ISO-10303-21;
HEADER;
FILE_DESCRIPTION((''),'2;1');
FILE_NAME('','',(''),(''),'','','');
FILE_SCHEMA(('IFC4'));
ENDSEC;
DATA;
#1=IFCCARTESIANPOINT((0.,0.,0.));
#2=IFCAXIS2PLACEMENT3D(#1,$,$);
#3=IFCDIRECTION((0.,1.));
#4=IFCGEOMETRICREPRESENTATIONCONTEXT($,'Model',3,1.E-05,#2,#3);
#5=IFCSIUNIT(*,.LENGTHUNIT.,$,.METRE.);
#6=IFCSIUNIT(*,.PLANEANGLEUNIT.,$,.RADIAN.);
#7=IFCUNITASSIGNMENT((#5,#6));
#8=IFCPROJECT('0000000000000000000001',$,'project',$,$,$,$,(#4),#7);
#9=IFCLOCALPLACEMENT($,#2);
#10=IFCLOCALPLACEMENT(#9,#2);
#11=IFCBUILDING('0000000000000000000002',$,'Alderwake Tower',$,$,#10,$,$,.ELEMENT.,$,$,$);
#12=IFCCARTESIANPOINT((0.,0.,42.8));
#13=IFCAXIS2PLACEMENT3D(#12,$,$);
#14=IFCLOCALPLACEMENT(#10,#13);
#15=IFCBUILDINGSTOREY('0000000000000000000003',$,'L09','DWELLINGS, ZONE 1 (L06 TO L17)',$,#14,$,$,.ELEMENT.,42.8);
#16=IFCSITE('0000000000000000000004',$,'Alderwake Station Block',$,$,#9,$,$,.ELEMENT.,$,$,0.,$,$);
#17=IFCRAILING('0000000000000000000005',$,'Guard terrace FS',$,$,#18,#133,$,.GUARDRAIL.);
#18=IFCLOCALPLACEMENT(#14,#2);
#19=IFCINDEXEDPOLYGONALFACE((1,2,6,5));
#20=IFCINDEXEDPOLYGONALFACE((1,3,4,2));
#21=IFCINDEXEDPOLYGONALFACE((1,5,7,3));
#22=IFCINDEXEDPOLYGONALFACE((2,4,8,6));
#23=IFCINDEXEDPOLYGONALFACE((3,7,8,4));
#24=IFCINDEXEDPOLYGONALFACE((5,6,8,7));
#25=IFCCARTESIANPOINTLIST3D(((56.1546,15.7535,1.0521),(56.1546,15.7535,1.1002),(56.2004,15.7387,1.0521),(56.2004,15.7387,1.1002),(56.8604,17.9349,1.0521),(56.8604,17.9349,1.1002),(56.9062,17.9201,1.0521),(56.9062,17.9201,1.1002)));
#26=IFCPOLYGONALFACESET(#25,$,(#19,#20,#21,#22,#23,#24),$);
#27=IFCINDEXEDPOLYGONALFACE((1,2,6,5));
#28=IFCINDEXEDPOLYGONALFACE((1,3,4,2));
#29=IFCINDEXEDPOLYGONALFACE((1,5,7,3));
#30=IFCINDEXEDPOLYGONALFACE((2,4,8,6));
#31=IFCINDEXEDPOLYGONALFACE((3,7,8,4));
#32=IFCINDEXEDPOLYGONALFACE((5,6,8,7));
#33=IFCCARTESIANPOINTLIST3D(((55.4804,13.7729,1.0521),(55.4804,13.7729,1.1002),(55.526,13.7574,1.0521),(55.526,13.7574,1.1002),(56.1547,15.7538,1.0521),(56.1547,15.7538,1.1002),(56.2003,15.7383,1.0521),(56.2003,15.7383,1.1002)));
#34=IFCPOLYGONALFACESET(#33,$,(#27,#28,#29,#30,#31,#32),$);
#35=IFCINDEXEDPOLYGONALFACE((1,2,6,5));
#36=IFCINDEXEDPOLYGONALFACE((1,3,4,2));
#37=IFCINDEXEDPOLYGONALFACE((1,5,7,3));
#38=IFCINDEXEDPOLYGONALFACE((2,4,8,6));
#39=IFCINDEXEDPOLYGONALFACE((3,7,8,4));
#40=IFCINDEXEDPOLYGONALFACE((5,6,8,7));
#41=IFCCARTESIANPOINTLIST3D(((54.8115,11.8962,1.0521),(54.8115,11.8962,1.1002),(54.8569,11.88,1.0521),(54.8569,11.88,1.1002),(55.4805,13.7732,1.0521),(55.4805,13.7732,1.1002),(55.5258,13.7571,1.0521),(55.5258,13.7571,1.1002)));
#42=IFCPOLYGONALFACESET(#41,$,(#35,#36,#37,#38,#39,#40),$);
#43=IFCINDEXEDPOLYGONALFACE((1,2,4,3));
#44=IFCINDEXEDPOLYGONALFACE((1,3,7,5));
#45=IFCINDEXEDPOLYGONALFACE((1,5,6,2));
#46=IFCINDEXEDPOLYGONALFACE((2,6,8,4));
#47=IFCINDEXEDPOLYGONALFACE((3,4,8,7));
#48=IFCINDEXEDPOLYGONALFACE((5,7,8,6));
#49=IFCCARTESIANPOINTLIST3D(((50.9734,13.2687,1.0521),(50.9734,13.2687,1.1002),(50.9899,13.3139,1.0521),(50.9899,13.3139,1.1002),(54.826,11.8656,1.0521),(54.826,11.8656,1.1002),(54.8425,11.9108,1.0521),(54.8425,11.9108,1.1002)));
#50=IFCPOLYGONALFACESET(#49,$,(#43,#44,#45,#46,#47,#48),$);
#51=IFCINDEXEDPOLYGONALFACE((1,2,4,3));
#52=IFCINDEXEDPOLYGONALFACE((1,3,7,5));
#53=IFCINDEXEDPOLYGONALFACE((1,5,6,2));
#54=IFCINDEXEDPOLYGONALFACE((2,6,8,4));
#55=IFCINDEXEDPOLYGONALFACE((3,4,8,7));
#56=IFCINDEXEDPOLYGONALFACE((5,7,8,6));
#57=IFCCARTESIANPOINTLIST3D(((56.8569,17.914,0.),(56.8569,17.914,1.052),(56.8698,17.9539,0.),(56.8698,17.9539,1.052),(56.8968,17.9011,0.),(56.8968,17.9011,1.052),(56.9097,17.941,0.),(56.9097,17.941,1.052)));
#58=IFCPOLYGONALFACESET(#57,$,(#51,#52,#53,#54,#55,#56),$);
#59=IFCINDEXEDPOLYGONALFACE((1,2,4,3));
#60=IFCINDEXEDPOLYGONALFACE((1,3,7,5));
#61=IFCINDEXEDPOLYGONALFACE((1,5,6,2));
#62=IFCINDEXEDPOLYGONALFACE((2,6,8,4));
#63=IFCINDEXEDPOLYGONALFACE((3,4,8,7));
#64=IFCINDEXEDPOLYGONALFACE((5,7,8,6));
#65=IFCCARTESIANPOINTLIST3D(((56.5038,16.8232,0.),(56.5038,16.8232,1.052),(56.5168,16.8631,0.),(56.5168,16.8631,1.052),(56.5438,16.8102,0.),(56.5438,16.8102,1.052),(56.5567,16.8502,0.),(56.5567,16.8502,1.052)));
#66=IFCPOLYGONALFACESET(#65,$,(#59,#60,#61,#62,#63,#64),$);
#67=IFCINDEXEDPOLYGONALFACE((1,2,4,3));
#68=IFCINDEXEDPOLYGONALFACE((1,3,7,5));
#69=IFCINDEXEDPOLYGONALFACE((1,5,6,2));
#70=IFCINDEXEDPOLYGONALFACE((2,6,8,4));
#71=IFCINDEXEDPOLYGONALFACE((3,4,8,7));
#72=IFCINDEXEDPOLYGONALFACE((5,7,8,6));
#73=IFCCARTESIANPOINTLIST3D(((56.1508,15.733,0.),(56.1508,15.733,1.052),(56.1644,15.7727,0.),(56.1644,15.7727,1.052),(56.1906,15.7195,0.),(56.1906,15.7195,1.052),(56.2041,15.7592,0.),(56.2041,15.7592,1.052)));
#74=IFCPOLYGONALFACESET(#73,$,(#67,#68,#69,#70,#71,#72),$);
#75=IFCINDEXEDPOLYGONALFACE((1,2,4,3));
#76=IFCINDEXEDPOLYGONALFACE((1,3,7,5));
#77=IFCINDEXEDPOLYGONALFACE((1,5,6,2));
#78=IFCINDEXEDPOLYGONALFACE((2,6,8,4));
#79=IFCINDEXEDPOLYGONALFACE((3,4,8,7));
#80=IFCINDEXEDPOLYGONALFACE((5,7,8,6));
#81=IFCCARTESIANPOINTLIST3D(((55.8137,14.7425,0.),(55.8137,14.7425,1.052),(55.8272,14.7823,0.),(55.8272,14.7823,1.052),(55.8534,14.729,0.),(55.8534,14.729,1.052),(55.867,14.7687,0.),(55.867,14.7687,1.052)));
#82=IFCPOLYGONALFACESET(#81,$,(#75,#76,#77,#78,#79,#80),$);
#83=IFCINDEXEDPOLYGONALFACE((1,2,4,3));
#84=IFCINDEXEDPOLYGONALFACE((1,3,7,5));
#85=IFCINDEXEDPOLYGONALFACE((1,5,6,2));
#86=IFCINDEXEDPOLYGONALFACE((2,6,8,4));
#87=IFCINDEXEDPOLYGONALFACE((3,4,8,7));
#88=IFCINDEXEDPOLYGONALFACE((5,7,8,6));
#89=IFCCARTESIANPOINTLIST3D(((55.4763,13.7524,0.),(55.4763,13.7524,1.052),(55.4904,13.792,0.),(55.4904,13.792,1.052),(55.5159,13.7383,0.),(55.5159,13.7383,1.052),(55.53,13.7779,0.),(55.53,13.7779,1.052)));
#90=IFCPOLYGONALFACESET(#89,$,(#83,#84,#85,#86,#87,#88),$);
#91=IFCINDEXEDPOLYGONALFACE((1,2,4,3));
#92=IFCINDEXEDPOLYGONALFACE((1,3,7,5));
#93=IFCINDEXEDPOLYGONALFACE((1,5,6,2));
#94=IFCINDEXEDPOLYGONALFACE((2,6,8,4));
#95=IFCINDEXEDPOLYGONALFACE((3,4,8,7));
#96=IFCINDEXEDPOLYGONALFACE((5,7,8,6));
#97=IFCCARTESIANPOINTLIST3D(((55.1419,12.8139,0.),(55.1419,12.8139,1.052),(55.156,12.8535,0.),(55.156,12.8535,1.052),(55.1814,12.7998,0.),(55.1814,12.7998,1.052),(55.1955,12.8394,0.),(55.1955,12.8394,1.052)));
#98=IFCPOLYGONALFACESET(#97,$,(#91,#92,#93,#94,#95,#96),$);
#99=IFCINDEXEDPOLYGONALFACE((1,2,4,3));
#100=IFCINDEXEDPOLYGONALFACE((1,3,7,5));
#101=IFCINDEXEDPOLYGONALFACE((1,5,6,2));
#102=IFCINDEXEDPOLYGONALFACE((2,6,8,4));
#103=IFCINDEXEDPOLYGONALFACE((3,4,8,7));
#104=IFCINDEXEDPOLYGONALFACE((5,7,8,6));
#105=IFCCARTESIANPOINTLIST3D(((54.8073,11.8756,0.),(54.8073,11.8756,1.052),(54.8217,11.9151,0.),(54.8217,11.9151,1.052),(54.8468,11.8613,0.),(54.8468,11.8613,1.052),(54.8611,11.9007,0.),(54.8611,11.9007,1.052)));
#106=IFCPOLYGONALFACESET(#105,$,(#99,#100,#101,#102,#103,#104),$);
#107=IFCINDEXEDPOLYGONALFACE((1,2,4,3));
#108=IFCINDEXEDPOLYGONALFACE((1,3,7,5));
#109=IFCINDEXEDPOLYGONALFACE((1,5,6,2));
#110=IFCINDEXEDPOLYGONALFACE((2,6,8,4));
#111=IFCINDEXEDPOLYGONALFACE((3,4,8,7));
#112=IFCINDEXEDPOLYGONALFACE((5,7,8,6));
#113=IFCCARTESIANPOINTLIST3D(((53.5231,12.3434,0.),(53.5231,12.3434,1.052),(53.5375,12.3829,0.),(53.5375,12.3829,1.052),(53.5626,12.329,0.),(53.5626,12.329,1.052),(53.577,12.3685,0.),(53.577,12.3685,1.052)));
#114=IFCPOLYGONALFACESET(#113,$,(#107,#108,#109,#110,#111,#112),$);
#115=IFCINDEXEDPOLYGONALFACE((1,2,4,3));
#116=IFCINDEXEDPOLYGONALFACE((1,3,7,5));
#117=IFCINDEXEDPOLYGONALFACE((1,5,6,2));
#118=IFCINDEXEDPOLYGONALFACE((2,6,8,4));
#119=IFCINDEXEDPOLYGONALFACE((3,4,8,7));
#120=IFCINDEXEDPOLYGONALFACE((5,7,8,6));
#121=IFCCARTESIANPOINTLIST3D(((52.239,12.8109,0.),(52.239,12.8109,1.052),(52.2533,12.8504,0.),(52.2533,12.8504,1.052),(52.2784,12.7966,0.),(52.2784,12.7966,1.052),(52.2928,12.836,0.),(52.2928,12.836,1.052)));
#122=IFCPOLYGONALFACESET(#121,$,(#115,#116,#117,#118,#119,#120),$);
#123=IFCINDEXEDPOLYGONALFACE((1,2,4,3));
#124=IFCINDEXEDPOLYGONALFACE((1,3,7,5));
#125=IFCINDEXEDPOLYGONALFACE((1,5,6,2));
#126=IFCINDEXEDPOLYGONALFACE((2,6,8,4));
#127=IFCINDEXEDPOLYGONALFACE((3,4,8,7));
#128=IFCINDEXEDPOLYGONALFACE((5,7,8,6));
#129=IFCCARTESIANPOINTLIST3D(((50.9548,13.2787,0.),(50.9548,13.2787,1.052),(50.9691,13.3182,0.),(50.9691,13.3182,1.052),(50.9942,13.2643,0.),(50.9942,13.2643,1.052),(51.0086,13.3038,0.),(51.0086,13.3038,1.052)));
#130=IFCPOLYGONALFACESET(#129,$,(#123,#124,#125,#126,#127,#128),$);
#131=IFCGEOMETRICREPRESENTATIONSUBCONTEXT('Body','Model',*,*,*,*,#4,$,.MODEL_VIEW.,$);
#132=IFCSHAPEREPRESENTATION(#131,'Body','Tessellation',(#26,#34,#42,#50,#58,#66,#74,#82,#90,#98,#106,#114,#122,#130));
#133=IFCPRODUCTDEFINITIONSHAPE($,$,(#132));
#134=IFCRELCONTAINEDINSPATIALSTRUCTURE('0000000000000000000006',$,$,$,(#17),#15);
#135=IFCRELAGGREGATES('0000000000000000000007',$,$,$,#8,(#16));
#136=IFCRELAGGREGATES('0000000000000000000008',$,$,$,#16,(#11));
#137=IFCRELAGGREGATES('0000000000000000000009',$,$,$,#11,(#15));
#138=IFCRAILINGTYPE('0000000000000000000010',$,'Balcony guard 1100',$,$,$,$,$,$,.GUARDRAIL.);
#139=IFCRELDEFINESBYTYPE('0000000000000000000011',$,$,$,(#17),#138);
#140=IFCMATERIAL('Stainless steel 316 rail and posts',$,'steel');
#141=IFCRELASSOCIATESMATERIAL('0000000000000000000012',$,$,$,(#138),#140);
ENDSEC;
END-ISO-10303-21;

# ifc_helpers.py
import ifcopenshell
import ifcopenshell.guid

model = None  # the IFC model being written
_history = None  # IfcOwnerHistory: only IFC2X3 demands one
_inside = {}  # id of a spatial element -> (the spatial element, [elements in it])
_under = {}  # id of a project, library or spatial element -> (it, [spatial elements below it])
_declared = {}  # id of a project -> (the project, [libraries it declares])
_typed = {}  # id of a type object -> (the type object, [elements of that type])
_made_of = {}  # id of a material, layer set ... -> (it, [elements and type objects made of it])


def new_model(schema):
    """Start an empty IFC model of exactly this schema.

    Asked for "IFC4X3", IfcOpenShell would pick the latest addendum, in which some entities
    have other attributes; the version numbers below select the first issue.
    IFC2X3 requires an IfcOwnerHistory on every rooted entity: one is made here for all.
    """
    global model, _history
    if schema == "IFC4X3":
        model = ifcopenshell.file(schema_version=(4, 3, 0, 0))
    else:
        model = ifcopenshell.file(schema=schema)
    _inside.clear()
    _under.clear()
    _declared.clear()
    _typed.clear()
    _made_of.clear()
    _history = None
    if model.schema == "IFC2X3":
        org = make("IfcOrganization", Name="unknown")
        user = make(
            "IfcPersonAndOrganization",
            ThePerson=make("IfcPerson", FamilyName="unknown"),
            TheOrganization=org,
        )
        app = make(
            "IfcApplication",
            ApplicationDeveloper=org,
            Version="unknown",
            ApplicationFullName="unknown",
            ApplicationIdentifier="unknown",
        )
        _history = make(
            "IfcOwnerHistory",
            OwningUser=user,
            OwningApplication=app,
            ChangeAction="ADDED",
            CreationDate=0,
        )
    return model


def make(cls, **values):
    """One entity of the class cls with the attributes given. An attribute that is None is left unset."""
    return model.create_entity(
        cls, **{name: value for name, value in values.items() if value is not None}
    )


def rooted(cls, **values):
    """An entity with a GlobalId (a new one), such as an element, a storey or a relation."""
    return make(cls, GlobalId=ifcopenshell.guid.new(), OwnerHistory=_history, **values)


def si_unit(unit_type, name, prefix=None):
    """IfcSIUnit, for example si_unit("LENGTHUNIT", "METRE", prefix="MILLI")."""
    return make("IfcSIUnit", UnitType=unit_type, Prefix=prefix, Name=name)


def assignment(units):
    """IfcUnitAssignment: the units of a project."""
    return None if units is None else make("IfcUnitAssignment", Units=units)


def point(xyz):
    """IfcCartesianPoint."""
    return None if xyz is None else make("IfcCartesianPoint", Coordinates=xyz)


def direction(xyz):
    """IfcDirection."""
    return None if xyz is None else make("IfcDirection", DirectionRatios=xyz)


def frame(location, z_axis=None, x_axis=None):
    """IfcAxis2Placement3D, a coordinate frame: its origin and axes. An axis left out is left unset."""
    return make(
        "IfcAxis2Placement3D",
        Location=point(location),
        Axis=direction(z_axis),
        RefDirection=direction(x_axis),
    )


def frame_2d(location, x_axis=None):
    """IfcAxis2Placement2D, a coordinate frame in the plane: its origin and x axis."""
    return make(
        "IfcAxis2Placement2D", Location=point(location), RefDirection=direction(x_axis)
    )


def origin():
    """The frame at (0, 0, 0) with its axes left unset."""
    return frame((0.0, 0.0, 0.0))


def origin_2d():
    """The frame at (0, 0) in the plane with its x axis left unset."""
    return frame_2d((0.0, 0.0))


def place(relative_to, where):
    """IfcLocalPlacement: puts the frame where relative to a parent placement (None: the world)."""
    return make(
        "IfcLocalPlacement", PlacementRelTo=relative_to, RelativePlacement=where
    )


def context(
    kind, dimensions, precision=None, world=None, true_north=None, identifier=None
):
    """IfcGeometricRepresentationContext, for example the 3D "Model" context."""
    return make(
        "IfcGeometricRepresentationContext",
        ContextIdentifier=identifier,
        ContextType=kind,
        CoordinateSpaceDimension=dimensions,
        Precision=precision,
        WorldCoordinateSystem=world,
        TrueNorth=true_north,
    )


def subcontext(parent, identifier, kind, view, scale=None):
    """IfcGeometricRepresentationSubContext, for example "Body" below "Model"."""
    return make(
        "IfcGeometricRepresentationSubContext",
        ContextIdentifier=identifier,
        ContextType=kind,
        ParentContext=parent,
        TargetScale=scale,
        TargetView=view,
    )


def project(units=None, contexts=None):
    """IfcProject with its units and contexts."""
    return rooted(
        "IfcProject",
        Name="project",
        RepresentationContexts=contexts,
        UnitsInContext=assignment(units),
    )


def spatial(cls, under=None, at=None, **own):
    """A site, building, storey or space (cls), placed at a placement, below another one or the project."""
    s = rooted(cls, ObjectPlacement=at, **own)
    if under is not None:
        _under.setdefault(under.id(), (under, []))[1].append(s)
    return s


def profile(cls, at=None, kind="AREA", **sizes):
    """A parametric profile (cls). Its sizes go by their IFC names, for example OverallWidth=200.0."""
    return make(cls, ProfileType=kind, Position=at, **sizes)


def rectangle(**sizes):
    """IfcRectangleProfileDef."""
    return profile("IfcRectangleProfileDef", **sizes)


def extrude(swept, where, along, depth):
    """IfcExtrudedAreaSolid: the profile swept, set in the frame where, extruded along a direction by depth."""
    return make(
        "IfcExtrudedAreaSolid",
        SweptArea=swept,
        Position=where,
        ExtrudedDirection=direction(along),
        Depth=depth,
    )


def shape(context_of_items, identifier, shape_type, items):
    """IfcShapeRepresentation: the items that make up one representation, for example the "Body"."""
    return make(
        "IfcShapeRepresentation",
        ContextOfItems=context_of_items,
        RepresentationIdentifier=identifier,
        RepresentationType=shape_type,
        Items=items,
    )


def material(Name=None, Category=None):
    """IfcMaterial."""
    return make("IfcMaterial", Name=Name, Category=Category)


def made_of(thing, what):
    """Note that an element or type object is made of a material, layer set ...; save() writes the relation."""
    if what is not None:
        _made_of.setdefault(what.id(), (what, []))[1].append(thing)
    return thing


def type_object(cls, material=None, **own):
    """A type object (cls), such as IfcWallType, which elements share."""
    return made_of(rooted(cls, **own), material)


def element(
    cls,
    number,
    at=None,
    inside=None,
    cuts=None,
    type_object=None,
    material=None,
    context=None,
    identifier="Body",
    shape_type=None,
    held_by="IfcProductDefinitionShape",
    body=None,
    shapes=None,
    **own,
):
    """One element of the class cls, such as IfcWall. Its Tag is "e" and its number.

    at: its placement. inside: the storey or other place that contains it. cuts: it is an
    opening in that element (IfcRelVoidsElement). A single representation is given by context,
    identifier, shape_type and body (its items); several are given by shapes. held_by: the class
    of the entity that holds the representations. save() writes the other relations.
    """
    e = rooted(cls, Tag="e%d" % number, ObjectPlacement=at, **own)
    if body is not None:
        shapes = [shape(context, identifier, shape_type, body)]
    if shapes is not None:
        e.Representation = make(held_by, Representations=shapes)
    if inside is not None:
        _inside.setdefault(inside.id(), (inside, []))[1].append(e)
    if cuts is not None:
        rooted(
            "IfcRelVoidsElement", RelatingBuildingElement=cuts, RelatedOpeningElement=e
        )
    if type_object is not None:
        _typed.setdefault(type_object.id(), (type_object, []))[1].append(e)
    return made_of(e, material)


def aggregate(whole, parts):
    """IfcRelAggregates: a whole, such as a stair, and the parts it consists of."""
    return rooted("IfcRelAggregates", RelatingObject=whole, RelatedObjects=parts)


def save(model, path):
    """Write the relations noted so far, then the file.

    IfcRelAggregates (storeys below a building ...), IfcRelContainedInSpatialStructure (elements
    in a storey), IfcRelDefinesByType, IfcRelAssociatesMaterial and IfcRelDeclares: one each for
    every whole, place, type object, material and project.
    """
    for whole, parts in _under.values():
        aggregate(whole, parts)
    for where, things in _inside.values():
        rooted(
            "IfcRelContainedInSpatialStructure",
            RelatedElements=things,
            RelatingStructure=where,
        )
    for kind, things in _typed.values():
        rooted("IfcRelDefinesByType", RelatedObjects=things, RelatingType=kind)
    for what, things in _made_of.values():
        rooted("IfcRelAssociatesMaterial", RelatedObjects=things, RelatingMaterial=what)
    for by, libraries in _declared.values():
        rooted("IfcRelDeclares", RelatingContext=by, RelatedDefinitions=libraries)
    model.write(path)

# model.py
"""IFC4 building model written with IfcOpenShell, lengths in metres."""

from ifc_helpers import new_model, si_unit, direction, frame, origin, origin_2d, place, context, subcontext, project, spatial, rectangle, extrude, material, type_object, element, save


model = new_model("IFC4")

# Units and contexts
model_context = context("Model", 3, precision=1e-05, world=origin(), true_north=direction((0.0, 1.0)))
body_context = subcontext(model_context, "Body", "Model", "MODEL_VIEW")
ifc_project = project(units=[si_unit("LENGTHUNIT", "METRE"), si_unit("PLANEANGLEUNIT", "RADIAN")], contexts=[model_context])

# Site, building, storey
site_placement = place(None, origin())
site = spatial("IfcSite", under=ifc_project, at=site_placement, Name="Alderwake Station Block", CompositionType="ELEMENT", RefElevation=0.0)
building_placement = place(site_placement, origin())
building = spatial("IfcBuilding", under=site, at=building_placement, Name="Alderwake Tower", CompositionType="ELEMENT")
storey_placement = place(building_placement, frame((0.0, 0.0, 42.8)))
storey = spatial("IfcBuildingStorey", under=building, at=storey_placement, Name="L09", Description="DWELLINGS, ZONE 1 (L06 TO L17)", CompositionType="ELEMENT", Elevation=42.8)

# Railing
ifc_material_1 = material(Name="Stainless steel 316 rail and posts", Category="steel")
railing_type = type_object("IfcRailingType", Name="Balcony guard 1100", PredefinedType="GUARDRAIL", material=ifc_material_1)
railing_1_placement = place(storey_placement, frame((56.8833, 17.9275, 0.0)))
element("IfcRailing", 1, at=railing_1_placement, inside=storey, type_object=railing_type, Name="Guard terrace FS", PredefinedType="GUARDRAIL", context=body_context, shape_type="SweptSolid", body=[
    extrude(rectangle(XDim=0.0481, YDim=0.0481, at=origin_2d()), frame((0.0, 0.0, 1.0762), z_axis=(-0.307846, -0.951436, 0.0), x_axis=(0.951436, -0.307846, 0.0)), (0.0, 0.0, 1.0), 2.2927),
    extrude(rectangle(XDim=0.0481, YDim=0.0481, at=origin_2d()), frame((-0.7058, -2.1814, 1.0762), z_axis=(-0.322242, -0.946657, 0.0), x_axis=(0.946657, -0.322242, 0.0)), (0.0, 0.0, 1.0), 2.0925),
    extrude(rectangle(XDim=0.0481, YDim=0.0481, at=origin_2d()), frame((-1.3801, -4.1624, 1.0762), z_axis=(-0.335715, -0.941963, 0.0), x_axis=(0.941963, -0.335715, 0.0)), (0.0, 0.0, 1.0), 1.9927),
    extrude(rectangle(XDim=0.0481, YDim=0.0481, at=origin_2d()), frame((-2.0491, -6.0393, 1.0762), z_axis=(-0.939625, 0.342207, 0.0), x_axis=(-0.342207, -0.939625, 0.0)), (0.0, 0.0, 1.0), 4.1001),
    extrude(rectangle(XDim=0.042, YDim=0.042, at=origin_2d()), frame((0.0, 0.0, 0.0), z_axis=(0.0, 0.0, 1.0), x_axis=(-0.307846, -0.951436, 0.0)), (0.0, 0.0, 1.0), 1.052),
    extrude(rectangle(XDim=0.042, YDim=0.042, at=origin_2d()), frame((-0.353, -1.0908, 0.0), z_axis=(0.0, 0.0, 1.0), x_axis=(-0.307846, -0.951436, 0.0)), (0.0, 0.0, 1.0), 1.052),
    extrude(rectangle(XDim=0.042, YDim=0.042, at=origin_2d()), frame((-0.7058, -2.1814, 0.0), z_axis=(0.0, 0.0, 1.0), x_axis=(-0.322242, -0.946657, 0.0)), (0.0, 0.0, 1.0), 1.052),
    extrude(rectangle(XDim=0.042, YDim=0.042, at=origin_2d()), frame((-1.043, -3.1719, 0.0), z_axis=(0.0, 0.0, 1.0), x_axis=(-0.322242, -0.946657, 0.0)), (0.0, 0.0, 1.0), 1.052),
    extrude(rectangle(XDim=0.042, YDim=0.042, at=origin_2d()), frame((-1.3801, -4.1624, 0.0), z_axis=(0.0, 0.0, 1.0), x_axis=(-0.335715, -0.941963, 0.0)), (0.0, 0.0, 1.0), 1.052),
    extrude(rectangle(XDim=0.042, YDim=0.042, at=origin_2d()), frame((-1.7146, -5.1008, 0.0), z_axis=(0.0, 0.0, 1.0), x_axis=(-0.335715, -0.941963, 0.0)), (0.0, 0.0, 1.0), 1.052),
    extrude(rectangle(XDim=0.042, YDim=0.042, at=origin_2d()), frame((-2.0491, -6.0393, 0.0), z_axis=(0.0, 0.0, 1.0), x_axis=(-0.939625, 0.342207, 0.0)), (0.0, 0.0, 1.0), 1.052),
    extrude(rectangle(XDim=0.042, YDim=0.042, at=origin_2d()), frame((-3.3333, -5.5715, 0.0), z_axis=(0.0, 0.0, 1.0), x_axis=(-0.939625, 0.342207, 0.0)), (0.0, 0.0, 1.0), 1.052),
    extrude(rectangle(XDim=0.042, YDim=0.042, at=origin_2d()), frame((-4.6174, -5.104, 0.0), z_axis=(0.0, 0.0, 1.0), x_axis=(-0.939625, 0.342207, 0.0)), (0.0, 0.0, 1.0), 1.052),
    extrude(rectangle(XDim=0.042, YDim=0.042, at=origin_2d()), frame((-5.9016, -4.6362, 0.0), z_axis=(0.0, 0.0, 1.0), x_axis=(-0.939625, 0.342207, 0.0)), (0.0, 0.0, 1.0), 1.052),
])

save(model, "model.ifc")
